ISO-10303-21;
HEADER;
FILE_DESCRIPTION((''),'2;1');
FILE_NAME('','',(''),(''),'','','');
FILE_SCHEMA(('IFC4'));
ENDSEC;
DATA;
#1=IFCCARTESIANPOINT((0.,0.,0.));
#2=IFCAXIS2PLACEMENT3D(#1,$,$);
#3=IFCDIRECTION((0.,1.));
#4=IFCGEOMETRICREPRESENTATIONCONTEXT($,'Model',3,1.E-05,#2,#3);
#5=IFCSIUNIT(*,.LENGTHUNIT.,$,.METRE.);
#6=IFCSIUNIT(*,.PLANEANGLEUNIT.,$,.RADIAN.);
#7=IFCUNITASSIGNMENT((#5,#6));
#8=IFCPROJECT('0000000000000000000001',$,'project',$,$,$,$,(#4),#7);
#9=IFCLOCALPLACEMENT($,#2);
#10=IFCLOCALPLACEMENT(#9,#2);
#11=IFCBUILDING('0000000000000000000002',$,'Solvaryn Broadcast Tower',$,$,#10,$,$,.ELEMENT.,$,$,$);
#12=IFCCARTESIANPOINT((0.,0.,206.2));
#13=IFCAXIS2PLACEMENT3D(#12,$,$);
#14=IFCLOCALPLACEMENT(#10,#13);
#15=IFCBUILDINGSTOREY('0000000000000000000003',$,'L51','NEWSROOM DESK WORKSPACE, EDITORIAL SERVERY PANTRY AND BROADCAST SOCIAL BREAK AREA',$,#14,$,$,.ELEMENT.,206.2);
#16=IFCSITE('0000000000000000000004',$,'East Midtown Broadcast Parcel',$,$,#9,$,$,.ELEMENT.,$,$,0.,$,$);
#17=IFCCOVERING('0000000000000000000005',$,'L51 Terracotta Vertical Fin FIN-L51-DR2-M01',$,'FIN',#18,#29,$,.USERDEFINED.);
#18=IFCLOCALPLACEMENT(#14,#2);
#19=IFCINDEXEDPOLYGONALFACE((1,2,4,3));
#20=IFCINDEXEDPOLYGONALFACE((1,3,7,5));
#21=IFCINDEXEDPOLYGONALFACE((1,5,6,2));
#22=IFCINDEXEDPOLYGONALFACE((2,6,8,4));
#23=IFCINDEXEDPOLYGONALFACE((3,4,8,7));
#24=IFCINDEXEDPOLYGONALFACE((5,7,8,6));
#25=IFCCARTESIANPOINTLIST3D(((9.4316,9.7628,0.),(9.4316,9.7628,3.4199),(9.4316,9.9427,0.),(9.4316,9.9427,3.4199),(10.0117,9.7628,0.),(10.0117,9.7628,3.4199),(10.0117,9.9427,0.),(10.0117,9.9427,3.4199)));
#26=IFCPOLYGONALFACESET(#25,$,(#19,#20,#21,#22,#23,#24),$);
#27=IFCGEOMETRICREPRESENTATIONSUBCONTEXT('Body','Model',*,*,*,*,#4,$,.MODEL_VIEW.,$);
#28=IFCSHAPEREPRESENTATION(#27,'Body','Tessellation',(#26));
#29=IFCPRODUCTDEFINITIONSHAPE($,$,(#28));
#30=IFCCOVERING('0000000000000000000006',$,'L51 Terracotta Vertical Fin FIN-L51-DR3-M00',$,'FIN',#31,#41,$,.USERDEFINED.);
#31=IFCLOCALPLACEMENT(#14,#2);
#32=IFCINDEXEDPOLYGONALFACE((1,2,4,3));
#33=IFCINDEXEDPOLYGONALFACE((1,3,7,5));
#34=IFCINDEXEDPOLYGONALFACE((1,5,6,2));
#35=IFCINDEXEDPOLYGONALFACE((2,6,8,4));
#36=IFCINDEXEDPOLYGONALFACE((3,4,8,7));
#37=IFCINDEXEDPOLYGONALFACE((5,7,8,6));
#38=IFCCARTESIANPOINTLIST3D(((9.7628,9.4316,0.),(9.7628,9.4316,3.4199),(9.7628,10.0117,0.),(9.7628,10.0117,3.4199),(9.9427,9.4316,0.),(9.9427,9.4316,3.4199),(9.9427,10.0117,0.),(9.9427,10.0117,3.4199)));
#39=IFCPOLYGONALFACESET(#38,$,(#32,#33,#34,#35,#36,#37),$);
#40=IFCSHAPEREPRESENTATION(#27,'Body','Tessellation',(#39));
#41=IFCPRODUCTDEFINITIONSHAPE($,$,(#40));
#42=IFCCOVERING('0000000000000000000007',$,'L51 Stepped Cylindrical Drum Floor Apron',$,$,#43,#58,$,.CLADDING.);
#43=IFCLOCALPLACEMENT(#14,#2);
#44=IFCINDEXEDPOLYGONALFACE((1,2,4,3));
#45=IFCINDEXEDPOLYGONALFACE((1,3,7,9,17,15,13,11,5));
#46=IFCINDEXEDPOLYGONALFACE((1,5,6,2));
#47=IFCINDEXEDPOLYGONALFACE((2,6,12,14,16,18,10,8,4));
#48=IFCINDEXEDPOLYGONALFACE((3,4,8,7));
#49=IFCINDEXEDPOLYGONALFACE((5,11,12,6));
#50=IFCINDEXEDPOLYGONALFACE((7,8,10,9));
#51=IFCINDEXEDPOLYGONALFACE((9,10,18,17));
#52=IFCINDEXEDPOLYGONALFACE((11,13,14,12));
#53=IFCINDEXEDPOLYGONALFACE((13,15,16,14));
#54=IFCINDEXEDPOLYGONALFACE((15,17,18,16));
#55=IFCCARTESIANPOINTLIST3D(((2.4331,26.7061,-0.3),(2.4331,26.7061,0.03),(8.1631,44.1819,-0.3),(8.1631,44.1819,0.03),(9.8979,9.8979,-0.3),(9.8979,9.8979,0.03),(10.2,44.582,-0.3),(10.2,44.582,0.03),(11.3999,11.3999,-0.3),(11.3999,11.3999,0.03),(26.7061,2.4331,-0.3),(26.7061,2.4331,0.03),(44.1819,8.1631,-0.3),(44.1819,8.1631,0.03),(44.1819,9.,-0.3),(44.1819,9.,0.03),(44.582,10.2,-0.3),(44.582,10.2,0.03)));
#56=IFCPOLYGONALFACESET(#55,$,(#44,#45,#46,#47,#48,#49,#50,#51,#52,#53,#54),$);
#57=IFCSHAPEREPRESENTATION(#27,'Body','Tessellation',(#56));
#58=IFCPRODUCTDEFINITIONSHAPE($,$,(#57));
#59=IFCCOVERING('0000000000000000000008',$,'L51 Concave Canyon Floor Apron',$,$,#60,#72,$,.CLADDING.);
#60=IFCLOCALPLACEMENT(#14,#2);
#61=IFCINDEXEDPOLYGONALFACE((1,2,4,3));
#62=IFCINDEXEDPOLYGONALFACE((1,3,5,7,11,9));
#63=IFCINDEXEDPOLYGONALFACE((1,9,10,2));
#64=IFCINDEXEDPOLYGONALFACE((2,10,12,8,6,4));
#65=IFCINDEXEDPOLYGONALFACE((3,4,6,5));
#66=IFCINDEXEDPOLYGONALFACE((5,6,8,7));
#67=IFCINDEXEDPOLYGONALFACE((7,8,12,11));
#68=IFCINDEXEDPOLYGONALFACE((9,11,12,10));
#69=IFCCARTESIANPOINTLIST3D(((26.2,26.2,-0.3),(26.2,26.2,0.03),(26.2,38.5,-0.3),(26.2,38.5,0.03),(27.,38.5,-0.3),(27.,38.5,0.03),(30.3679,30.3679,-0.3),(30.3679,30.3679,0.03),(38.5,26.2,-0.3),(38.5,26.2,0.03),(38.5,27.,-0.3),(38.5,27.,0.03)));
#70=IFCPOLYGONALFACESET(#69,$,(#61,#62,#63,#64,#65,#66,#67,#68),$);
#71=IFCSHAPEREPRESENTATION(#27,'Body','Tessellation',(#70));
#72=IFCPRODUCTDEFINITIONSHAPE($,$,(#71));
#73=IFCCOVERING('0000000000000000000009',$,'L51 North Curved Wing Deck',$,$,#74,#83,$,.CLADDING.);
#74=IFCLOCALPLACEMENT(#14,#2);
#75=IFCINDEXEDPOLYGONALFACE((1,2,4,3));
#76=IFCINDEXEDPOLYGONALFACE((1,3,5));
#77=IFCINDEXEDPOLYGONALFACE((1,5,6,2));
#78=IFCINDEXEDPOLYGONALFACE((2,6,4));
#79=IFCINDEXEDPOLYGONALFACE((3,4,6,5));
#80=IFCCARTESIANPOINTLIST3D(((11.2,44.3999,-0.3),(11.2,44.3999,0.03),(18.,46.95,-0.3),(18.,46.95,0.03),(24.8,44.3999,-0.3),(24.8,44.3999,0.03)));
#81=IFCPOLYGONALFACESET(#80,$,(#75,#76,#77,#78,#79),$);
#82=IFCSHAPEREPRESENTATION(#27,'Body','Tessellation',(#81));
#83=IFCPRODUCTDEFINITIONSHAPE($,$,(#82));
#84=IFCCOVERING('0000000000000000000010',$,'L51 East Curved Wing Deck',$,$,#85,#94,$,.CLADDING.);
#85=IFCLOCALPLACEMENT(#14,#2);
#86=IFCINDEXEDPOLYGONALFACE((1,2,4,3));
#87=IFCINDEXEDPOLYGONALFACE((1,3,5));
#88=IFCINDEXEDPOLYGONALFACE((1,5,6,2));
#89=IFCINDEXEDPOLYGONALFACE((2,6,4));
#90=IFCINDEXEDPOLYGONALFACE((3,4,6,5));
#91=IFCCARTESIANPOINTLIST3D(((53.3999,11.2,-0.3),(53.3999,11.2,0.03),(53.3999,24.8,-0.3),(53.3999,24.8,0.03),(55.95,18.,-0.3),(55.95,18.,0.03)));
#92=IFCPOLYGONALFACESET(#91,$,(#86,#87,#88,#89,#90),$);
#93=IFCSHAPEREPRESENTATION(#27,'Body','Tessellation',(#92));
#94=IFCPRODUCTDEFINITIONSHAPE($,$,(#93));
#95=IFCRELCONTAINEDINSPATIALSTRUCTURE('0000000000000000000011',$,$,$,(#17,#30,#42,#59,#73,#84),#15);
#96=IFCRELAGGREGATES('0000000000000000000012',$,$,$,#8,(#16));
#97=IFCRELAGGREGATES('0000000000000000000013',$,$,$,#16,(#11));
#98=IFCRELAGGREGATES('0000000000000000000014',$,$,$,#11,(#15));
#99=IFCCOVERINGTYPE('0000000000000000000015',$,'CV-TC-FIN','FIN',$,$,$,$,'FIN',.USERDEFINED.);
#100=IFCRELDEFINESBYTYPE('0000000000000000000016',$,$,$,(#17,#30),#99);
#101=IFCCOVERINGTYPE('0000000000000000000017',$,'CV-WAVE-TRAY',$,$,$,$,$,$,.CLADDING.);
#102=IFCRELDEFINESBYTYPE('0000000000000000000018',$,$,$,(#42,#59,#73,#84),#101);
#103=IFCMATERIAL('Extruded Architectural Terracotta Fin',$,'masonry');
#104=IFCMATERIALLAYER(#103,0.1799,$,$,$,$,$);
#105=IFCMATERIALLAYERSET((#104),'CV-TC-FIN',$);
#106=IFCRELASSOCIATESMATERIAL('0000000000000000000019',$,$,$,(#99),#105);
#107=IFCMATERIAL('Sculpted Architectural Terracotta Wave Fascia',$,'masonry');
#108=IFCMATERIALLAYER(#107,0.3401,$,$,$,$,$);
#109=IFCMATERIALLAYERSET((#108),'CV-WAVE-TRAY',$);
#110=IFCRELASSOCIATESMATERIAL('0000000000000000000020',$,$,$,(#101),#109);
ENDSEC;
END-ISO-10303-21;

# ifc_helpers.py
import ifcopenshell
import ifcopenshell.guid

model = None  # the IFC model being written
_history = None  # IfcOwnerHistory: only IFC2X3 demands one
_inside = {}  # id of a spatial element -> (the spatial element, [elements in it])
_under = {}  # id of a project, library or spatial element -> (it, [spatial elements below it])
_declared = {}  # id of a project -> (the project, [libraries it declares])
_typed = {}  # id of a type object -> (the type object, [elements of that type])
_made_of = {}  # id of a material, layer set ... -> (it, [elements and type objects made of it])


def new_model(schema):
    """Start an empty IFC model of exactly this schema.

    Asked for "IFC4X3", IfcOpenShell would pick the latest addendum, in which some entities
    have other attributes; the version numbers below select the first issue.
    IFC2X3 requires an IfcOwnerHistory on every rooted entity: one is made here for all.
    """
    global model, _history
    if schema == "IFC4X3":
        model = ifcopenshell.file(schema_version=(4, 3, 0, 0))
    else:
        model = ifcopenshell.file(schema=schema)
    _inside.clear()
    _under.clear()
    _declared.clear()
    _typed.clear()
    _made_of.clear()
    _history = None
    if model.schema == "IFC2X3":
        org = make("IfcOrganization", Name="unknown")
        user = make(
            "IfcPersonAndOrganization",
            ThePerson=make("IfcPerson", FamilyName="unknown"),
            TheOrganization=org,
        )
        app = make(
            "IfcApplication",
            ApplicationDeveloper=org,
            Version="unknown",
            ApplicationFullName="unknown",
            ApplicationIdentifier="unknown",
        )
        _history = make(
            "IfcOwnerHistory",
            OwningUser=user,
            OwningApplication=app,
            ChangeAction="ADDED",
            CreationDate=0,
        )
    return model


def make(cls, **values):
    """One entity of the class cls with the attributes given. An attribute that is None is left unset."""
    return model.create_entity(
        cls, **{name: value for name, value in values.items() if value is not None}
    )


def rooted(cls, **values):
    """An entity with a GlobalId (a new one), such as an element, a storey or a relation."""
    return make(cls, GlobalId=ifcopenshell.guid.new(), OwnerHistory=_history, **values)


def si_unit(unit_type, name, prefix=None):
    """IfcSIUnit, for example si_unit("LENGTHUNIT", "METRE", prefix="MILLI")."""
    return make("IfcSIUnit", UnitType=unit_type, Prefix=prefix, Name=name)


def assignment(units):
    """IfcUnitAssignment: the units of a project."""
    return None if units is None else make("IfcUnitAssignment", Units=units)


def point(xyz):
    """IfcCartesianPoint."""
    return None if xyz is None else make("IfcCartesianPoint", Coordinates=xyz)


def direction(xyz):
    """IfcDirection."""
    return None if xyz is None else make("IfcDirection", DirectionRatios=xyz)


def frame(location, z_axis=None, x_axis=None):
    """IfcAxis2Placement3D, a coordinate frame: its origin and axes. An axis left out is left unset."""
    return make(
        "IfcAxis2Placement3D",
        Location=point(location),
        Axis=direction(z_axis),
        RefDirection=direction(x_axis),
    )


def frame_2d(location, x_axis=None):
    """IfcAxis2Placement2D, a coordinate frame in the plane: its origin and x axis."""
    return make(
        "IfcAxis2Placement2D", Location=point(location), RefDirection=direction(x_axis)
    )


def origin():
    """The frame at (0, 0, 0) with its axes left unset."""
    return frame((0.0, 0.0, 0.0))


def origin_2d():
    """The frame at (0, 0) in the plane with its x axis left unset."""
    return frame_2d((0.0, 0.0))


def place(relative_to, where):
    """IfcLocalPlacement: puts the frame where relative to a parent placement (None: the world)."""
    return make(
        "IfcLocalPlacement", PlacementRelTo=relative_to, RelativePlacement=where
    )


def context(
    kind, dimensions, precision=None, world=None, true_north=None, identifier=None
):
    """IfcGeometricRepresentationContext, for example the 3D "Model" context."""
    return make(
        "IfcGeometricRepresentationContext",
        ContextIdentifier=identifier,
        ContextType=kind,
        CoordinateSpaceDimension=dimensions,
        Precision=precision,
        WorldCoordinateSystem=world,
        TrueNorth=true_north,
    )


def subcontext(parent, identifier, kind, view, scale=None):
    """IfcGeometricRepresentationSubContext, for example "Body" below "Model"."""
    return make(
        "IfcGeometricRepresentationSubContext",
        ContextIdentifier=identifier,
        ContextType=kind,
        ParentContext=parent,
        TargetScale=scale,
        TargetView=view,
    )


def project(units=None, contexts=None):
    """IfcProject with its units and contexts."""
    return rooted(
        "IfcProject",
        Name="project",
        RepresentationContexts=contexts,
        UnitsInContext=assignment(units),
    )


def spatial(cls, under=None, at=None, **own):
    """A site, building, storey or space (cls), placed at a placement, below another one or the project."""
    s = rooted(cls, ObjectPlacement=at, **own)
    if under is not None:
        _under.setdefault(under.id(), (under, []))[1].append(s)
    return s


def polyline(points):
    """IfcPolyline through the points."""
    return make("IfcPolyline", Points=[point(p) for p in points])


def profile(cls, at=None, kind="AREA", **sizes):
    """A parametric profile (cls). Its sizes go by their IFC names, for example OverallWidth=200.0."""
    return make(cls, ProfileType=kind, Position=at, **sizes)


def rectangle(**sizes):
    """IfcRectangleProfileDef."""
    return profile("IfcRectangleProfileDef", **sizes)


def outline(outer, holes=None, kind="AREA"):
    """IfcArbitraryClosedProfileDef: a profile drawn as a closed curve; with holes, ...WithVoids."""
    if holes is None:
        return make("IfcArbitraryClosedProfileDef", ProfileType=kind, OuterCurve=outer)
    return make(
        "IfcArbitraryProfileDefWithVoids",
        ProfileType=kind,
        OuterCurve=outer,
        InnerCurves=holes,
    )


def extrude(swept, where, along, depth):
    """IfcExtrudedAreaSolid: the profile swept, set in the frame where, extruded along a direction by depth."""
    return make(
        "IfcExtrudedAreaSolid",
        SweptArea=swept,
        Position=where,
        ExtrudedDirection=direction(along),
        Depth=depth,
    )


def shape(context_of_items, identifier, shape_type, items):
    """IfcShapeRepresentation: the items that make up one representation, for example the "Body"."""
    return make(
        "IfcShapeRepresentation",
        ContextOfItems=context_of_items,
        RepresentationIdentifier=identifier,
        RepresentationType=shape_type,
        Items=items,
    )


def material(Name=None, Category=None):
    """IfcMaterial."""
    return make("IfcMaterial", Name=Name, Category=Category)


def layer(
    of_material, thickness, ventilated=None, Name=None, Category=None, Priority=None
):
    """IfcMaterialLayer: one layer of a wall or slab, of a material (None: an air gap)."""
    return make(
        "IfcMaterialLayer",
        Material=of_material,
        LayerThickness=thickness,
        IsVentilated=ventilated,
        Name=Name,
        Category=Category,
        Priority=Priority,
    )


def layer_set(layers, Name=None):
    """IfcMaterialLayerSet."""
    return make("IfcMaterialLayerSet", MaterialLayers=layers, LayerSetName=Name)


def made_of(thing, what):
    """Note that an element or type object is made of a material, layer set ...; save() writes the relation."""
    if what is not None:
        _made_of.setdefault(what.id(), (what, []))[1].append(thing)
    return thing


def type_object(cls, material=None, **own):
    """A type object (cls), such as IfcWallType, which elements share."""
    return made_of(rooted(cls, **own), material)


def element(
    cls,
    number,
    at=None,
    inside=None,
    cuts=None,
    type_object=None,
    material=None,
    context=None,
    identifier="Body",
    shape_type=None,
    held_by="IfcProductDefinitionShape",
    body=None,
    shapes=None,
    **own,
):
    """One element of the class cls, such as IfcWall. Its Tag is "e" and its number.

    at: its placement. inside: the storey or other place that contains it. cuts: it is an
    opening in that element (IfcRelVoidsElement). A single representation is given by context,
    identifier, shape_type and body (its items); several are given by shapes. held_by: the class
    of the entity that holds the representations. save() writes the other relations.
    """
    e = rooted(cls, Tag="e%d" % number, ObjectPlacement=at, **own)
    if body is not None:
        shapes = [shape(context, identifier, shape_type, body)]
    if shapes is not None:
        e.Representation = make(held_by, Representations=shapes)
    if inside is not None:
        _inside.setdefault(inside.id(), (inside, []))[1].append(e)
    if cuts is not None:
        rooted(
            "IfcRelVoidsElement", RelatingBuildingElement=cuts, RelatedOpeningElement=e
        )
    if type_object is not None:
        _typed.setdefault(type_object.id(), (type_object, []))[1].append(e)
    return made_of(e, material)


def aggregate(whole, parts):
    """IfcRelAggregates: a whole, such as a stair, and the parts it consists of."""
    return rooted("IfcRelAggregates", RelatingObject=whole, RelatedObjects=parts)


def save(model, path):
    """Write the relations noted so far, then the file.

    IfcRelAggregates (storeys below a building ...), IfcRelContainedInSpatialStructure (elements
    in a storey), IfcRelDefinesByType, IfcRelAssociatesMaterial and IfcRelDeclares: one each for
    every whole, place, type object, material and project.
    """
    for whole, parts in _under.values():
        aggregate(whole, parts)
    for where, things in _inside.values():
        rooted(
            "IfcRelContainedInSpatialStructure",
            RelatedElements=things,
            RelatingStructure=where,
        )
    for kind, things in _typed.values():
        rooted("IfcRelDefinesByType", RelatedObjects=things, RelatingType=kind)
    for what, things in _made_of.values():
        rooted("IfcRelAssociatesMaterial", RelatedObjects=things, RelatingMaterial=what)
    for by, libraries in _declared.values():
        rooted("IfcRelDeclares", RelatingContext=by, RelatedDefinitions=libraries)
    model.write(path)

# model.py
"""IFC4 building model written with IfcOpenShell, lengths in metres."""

from ifc_helpers import new_model, si_unit, direction, frame, origin, origin_2d, place, context, subcontext, project, spatial, polyline, rectangle, outline, extrude, material, layer, layer_set, type_object, element, save


model = new_model("IFC4")

# Units and contexts
model_context = context("Model", 3, precision=1e-05, world=origin(), true_north=direction((0.0, 1.0)))
body_context = subcontext(model_context, "Body", "Model", "MODEL_VIEW")
ifc_project = project(units=[si_unit("LENGTHUNIT", "METRE"), si_unit("PLANEANGLEUNIT", "RADIAN")], contexts=[model_context])

# Site, building, storey
site_placement = place(None, origin())
site = spatial("IfcSite", under=ifc_project, at=site_placement, Name="East Midtown Broadcast Parcel", CompositionType="ELEMENT", RefElevation=0.0)
building_placement = place(site_placement, origin())
building = spatial("IfcBuilding", under=site, at=building_placement, Name="Solvaryn Broadcast Tower", CompositionType="ELEMENT")
storey_placement = place(building_placement, frame((0.0, 0.0, 206.2)))
storey = spatial("IfcBuildingStorey", under=building, at=storey_placement, Name="L51", Description="NEWSROOM DESK WORKSPACE, EDITORIAL SERVERY PANTRY AND BROADCAST SOCIAL BREAK AREA", CompositionType="ELEMENT", Elevation=206.2)

# Coverings
ifc_material_1 = material(Name="Extruded Architectural Terracotta Fin", Category="masonry")
ifc_layer_1 = layer(ifc_material_1, 0.1799)
ifc_layer_set_1 = layer_set([ifc_layer_1], Name="CV-TC-FIN")
covering_type_1 = type_object("IfcCoveringType", Name="CV-TC-FIN", Description="FIN", ElementType="FIN", PredefinedType="USERDEFINED", material=ifc_layer_set_1)
covering_1_placement = place(storey_placement, frame((9.7217, 9.8528, 0.0), z_axis=(0.0, 0.0, 1.0), x_axis=(1.0, 0.0, 0.0)))
element("IfcCovering", 1, at=covering_1_placement, inside=storey, type_object=covering_type_1, Name="L51 Terracotta Vertical Fin FIN-L51-DR2-M01", ObjectType="FIN", PredefinedType="USERDEFINED", context=body_context, shape_type="SweptSolid", body=[
    extrude(rectangle(XDim=0.5801, YDim=0.1799, at=origin_2d()), origin(), (0.0, 0.0, 1.0), 3.4199),
])
covering_2_placement = place(storey_placement, frame((9.8528, 9.7217, 0.0), z_axis=(0.0, 0.0, 1.0), x_axis=(1.0, 0.0, 0.0)))
element("IfcCovering", 2, at=covering_2_placement, inside=storey, type_object=covering_type_1, Name="L51 Terracotta Vertical Fin FIN-L51-DR3-M00", ObjectType="FIN", PredefinedType="USERDEFINED", context=body_context, shape_type="SweptSolid", body=[
    extrude(rectangle(XDim=0.1799, YDim=0.5801, at=origin_2d()), origin(), (0.0, 0.0, 1.0), 3.4199),
])
ifc_material_2 = material(Name="Sculpted Architectural Terracotta Wave Fascia", Category="masonry")
ifc_layer_2 = layer(ifc_material_2, 0.3401)
ifc_layer_set_2 = layer_set([ifc_layer_2], Name="CV-WAVE-TRAY")
covering_type_2 = type_object("IfcCoveringType", Name="CV-WAVE-TRAY", PredefinedType="CLADDING", material=ifc_layer_set_2)
covering_3_placement = place(storey_placement, frame((0.0, 0.0, -0.3)))
element("IfcCovering", 3, at=covering_3_placement, inside=storey, type_object=covering_type_2, Name="L51 Stepped Cylindrical Drum Floor Apron", PredefinedType="CLADDING", context=body_context, shape_type="SweptSolid", body=[
    extrude(outline(polyline([(10.2, 44.582), (8.1631, 44.1819), (2.4331, 26.7061), (9.8979, 9.8979), (26.7061, 2.4331), (44.1819, 8.1631), (44.1819, 9.0), (44.582, 10.2), (11.3999, 11.3999), (10.2, 44.582)])), origin(), (0.0, 0.0, 1.0), 0.3301),
])
covering_4_placement = place(storey_placement, frame((0.0, 0.0, -0.3)))
element("IfcCovering", 4, at=covering_4_placement, inside=storey, type_object=covering_type_2, Name="L51 Concave Canyon Floor Apron", PredefinedType="CLADDING", context=body_context, shape_type="SweptSolid", body=[
    extrude(outline(polyline([(26.2, 26.2), (38.5, 26.2), (38.5, 27.0), (30.3679, 30.3679), (27.0, 38.5), (26.2, 38.5), (26.2, 26.2)])), origin(), (0.0, 0.0, 1.0), 0.3301),
])
covering_5_placement = place(storey_placement, frame((0.0, 0.0, -0.3)))
element("IfcCovering", 5, at=covering_5_placement, inside=storey, type_object=covering_type_2, Name="L51 North Curved Wing Deck", PredefinedType="CLADDING", context=body_context, shape_type="SweptSolid", body=[
    extrude(outline(polyline([(11.2, 44.3999), (24.8, 44.3999), (18.0, 46.95), (11.2, 44.3999)])), origin(), (0.0, 0.0, 1.0), 0.3301),
])
covering_6_placement = place(storey_placement, frame((0.0, 0.0, -0.3)))
element("IfcCovering", 6, at=covering_6_placement, inside=storey, type_object=covering_type_2, Name="L51 East Curved Wing Deck", PredefinedType="CLADDING", context=body_context, shape_type="SweptSolid", body=[
    extrude(outline(polyline([(53.3999, 11.2), (55.95, 18.0), (53.3999, 24.8), (53.3999, 11.2)])), origin(), (0.0, 0.0, 1.0), 0.3301),
])

save(model, "model.ifc")
